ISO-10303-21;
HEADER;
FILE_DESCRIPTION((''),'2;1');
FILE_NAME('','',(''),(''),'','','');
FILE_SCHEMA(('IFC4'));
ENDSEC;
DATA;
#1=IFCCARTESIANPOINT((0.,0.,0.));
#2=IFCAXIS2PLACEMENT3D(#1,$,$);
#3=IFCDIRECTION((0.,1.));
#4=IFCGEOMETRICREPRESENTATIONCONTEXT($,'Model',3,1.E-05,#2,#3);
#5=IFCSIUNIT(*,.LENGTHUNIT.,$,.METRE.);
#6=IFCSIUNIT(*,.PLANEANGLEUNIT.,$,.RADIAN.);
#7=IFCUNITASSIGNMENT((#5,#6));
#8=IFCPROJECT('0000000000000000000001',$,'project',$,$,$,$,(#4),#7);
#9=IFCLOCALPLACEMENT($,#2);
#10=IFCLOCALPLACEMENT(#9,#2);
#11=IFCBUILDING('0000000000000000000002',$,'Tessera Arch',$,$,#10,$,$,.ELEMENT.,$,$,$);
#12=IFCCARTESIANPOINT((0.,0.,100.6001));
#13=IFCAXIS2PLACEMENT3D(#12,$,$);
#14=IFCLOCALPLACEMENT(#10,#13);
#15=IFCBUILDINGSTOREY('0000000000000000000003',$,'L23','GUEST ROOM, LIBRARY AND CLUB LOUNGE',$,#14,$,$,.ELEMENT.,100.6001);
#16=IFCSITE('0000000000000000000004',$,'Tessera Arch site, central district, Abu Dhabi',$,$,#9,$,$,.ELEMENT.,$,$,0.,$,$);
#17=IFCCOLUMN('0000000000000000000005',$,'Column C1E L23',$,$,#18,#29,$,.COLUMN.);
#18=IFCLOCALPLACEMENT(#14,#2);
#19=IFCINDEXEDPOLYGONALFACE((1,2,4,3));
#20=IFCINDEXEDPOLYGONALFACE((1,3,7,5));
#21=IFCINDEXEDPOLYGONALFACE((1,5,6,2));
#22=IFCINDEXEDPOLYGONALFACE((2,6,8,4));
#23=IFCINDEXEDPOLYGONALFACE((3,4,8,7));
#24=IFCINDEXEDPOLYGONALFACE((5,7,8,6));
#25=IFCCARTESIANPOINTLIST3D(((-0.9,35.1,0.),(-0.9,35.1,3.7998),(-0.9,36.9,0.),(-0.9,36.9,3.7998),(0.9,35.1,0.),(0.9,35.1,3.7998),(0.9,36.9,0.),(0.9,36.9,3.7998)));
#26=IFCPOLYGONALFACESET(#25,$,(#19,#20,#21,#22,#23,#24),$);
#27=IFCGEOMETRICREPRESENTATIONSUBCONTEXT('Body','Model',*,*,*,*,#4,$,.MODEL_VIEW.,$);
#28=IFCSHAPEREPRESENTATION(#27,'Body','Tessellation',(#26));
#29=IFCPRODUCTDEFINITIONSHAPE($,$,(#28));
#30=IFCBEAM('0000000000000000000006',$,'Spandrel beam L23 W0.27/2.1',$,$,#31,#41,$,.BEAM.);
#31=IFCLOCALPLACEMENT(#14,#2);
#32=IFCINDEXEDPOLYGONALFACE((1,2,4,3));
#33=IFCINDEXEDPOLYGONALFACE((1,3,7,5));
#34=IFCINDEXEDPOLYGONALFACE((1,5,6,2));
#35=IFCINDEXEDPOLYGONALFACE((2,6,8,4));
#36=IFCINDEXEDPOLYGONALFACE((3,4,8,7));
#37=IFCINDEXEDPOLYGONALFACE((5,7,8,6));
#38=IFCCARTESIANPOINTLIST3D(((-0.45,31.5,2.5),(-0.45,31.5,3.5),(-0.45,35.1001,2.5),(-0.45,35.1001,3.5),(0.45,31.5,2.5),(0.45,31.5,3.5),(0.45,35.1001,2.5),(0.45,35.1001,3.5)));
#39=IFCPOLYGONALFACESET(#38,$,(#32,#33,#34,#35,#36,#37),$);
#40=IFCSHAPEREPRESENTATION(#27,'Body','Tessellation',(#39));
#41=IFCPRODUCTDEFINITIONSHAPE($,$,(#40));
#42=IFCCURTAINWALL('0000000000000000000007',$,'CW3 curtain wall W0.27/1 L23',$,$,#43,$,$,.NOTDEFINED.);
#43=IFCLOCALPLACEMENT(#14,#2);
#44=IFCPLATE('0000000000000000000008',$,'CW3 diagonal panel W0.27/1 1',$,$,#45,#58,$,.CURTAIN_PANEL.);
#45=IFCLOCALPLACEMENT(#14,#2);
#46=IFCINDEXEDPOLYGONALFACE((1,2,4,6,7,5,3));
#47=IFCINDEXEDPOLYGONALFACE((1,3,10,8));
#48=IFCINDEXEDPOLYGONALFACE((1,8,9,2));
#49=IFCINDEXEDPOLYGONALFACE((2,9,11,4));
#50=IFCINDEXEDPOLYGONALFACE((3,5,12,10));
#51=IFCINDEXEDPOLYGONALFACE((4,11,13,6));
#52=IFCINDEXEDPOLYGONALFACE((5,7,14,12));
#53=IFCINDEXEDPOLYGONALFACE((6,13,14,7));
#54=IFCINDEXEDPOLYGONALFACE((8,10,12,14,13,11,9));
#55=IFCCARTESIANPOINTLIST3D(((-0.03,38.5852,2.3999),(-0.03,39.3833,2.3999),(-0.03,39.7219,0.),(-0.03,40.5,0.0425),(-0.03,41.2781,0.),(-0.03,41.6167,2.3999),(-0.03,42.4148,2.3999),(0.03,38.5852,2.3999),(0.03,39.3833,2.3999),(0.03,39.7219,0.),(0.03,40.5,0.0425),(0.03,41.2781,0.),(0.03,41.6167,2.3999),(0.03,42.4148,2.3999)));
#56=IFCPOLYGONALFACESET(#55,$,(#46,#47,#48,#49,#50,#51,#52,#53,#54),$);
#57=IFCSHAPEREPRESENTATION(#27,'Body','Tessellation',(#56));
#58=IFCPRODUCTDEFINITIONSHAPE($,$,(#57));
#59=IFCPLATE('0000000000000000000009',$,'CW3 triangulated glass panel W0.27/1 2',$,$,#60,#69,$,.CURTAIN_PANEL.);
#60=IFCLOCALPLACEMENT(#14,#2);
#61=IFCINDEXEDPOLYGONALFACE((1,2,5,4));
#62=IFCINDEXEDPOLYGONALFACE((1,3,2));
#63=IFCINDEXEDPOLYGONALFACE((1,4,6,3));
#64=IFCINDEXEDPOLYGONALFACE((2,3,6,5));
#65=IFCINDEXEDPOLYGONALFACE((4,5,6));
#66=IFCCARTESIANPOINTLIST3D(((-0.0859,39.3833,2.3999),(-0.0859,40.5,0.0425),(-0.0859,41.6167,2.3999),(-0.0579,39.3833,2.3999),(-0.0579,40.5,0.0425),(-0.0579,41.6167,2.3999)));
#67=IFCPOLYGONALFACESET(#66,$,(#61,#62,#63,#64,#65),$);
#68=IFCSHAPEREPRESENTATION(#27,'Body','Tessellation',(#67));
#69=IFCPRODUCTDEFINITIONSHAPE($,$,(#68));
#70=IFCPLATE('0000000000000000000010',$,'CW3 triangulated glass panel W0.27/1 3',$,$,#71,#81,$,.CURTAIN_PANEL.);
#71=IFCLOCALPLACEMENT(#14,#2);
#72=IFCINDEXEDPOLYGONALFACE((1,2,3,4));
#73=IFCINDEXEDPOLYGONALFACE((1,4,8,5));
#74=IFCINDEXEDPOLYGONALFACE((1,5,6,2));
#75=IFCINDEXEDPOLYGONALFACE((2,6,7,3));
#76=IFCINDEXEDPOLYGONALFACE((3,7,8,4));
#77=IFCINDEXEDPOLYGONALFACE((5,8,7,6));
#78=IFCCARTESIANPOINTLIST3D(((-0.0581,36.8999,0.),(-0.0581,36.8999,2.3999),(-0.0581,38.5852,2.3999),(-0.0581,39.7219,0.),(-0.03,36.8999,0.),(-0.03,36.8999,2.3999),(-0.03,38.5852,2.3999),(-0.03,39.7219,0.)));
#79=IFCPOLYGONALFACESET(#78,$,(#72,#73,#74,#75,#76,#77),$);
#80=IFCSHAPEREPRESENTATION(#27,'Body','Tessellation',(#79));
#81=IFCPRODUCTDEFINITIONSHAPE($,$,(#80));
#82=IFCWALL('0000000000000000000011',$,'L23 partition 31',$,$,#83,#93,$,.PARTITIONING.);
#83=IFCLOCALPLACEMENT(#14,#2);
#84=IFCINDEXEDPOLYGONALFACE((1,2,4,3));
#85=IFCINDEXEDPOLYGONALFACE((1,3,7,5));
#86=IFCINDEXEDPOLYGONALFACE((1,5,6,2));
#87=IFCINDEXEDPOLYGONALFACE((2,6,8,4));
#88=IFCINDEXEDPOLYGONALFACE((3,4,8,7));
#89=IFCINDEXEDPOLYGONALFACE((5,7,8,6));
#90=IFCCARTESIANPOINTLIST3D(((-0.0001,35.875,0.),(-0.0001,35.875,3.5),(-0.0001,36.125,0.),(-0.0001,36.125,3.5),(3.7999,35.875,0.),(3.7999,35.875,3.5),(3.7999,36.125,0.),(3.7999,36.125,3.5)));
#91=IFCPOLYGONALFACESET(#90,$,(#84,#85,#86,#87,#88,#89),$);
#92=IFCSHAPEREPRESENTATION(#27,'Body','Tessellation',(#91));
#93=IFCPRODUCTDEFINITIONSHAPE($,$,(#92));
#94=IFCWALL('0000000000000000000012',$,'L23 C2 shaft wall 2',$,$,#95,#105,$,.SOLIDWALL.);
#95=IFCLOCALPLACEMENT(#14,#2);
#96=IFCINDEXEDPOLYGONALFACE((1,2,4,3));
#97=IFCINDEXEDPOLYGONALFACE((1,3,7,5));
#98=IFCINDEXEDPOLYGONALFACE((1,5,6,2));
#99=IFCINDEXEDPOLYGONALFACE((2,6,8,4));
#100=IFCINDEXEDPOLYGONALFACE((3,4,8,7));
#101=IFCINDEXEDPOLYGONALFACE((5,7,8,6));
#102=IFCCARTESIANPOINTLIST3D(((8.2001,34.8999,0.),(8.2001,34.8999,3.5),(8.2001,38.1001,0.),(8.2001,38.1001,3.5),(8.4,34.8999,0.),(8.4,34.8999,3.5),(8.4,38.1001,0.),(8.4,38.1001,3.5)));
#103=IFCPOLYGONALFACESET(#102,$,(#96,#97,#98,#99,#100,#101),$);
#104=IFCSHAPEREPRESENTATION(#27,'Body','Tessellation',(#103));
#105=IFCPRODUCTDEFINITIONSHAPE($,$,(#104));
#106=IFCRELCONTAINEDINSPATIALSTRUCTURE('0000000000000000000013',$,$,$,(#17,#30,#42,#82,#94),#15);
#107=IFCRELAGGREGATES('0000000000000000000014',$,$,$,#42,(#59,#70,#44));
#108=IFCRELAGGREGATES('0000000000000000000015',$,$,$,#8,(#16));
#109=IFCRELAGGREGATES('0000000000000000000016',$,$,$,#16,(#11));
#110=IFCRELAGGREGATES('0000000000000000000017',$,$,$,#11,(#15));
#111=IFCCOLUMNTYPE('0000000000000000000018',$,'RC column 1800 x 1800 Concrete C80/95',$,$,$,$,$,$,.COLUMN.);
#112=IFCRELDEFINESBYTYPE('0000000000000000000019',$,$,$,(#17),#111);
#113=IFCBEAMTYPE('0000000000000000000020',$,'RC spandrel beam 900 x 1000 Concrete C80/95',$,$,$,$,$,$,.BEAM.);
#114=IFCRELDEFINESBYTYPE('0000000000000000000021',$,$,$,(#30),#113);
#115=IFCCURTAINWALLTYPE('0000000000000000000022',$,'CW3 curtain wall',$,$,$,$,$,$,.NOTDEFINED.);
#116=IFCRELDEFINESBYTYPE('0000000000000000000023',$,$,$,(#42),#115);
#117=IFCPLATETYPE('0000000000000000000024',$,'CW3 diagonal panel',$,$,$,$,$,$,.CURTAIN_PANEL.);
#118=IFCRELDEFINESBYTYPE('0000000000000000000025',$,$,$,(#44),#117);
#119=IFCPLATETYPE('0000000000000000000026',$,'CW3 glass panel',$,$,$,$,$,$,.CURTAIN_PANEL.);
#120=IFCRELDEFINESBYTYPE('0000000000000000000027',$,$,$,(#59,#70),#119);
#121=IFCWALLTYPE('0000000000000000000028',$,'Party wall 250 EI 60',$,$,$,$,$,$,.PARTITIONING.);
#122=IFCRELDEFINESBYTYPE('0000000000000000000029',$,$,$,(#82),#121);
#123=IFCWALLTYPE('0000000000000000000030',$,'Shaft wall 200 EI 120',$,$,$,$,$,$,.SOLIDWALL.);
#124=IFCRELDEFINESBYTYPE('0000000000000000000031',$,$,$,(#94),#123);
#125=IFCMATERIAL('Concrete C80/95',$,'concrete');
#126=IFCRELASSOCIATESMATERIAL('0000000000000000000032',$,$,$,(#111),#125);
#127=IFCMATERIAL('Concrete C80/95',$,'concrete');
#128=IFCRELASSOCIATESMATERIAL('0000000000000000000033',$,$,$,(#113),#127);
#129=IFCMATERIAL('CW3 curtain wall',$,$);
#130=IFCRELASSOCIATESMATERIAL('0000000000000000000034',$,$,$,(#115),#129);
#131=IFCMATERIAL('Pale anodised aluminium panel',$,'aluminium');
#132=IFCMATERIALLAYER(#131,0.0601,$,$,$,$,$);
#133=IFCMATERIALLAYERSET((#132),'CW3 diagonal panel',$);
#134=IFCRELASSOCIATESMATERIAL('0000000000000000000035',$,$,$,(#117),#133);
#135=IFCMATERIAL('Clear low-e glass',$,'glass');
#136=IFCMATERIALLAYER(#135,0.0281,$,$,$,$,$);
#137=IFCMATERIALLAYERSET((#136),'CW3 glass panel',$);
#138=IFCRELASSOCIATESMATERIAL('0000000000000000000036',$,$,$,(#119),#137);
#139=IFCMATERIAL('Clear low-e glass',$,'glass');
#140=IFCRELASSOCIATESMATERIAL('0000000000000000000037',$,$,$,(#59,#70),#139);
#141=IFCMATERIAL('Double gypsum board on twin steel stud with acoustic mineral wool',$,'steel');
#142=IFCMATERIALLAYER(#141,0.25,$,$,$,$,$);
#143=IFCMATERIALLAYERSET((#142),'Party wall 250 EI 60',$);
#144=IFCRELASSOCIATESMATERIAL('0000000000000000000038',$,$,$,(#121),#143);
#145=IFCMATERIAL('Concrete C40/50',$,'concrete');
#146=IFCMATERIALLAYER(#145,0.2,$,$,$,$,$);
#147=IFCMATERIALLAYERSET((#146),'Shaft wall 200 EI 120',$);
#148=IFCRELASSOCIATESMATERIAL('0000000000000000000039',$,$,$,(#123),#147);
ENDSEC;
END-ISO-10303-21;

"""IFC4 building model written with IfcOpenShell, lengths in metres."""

from ifc_helpers import new_model, si_unit, direction, frame, frame_2d, origin, origin_2d, place, context, subcontext, project, spatial, polyline, rectangle, outline, extrude, material, layer, layer_set, material_profile, profile_set, type_object, element, aggregate, save


model = new_model("IFC4")

# Units and contexts
model_context = context("Model", 3, precision=1e-05, world=origin(), true_north=direction((0.0, 1.0)))
body_context = subcontext(model_context, "Body", "Model", "MODEL_VIEW")
ifc_project = project(units=[si_unit("LENGTHUNIT", "METRE"), si_unit("PLANEANGLEUNIT", "RADIAN")], contexts=[model_context])

# Site, building, storey
site_placement = place(None, origin())
site = spatial("IfcSite", under=ifc_project, at=site_placement, Name="Tessera Arch site, central district, Abu Dhabi", CompositionType="ELEMENT", RefElevation=0.0)
building_placement = place(site_placement, origin())
building = spatial("IfcBuilding", under=site, at=building_placement, Name="Tessera Arch", CompositionType="ELEMENT")
storey_placement = place(building_placement, frame((0.0, 0.0, 100.6001)))
storey = spatial("IfcBuildingStorey", under=building, at=storey_placement, Name="L23", Description="GUEST ROOM, LIBRARY AND CLUB LOUNGE", CompositionType="ELEMENT", Elevation=100.6001)

# Column
ifc_material_1 = material(Name="Concrete C80/95", Category="concrete")
ifc_material_profile_1 = material_profile(ifc_material_1, rectangle(XDim=1.8, YDim=1.8, at=origin_2d()), Name="RC column 1800 x 1800 Concrete C80/95")
ifc_profile_set_1 = profile_set([ifc_material_profile_1], Name="Concrete C80/95")
column_type = type_object("IfcColumnType", Name="RC column 1800 x 1800 Concrete C80/95", PredefinedType="COLUMN", material=ifc_profile_set_1)
column_placement = place(storey_placement, frame((0.0, 36.0, 0.0), z_axis=(0.0, 0.0, 1.0), x_axis=(1.0, 0.0, 0.0)))
element("IfcColumn", 1, at=column_placement, inside=storey, type_object=column_type, Name="Column C1E L23", PredefinedType="COLUMN", context=body_context, shape_type="SweptSolid", body=[
    extrude(rectangle(XDim=1.8, YDim=1.8, at=origin_2d()), origin(), (0.0, 0.0, 1.0), 3.7998),
])

# Beam
ifc_material_2 = material(Name="Concrete C80/95", Category="concrete")
ifc_material_profile_2 = material_profile(ifc_material_2, rectangle(XDim=0.8999, YDim=1.0, at=origin_2d()), Name="RC spandrel beam 900 x 1000 Concrete C80/95")
ifc_profile_set_2 = profile_set([ifc_material_profile_2], Name="Concrete C80/95")
beam_type = type_object("IfcBeamType", Name="RC spandrel beam 900 x 1000 Concrete C80/95", PredefinedType="BEAM", material=ifc_profile_set_2)
beam_placement = place(storey_placement, frame((0.0, 35.1001, 3.0), z_axis=(0.0, -1.0, 0.0), x_axis=(1.0, 0.0, 0.0)))
element("IfcBeam", 2, at=beam_placement, inside=storey, type_object=beam_type, Name="Spandrel beam L23 W0.27/2.1", PredefinedType="BEAM", context=body_context, shape_type="SweptSolid", body=[
    extrude(rectangle(XDim=0.8999, YDim=1.0, at=origin_2d()), origin(), (0.0, 0.0, 1.0), 3.6001),
])

# Curtain wall, plates
ifc_material_3 = material(Name="CW3 curtain wall")
curtain_wall_type = type_object("IfcCurtainWallType", Name="CW3 curtain wall", PredefinedType="NOTDEFINED", material=ifc_material_3)
curtain_wall_placement = place(storey_placement, origin())
curtain_wall = element("IfcCurtainWall", 3, at=curtain_wall_placement, inside=storey, type_object=curtain_wall_type, Name="CW3 curtain wall W0.27/1 L23", PredefinedType="NOTDEFINED")
ifc_material_4 = material(Name="Pale anodised aluminium panel", Category="aluminium")
ifc_layer_1 = layer(ifc_material_4, 0.0601)
ifc_layer_set_1 = layer_set([ifc_layer_1], Name="CW3 diagonal panel")
plate_type_1 = type_object("IfcPlateType", Name="CW3 diagonal panel", PredefinedType="CURTAIN_PANEL", material=ifc_layer_set_1)
plate_1_placement = place(storey_placement, frame((-0.03, 38.5852, 2.3999), z_axis=(-1.0, 0.0, 0.0), x_axis=(0.0, 1.0, 0.0)))
plate_1 = element("IfcPlate", 4, at=plate_1_placement, type_object=plate_type_1, Name="CW3 diagonal panel W0.27/1 1", PredefinedType="CURTAIN_PANEL", context=body_context, shape_type="SweptSolid", body=[
    extrude(outline(polyline([(0.0, 0.0), (0.7981, 0.0), (1.9148, 2.3574), (3.0315, 0.0), (3.8296, 0.0), (2.6929, 2.3999), (1.1367, 2.3999), (0.0, 0.0)])), origin(), (0.0, 0.0, -1.0), 0.0601),
])
ifc_material_5 = material(Name="Clear low-e glass", Category="glass")
ifc_material_6 = material(Name="Clear low-e glass", Category="glass")
ifc_layer_2 = layer(ifc_material_6, 0.0281)
ifc_layer_set_2 = layer_set([ifc_layer_2], Name="CW3 glass panel")
plate_type_2 = type_object("IfcPlateType", Name="CW3 glass panel", PredefinedType="CURTAIN_PANEL", material=ifc_layer_set_2)
plate_2_placement = place(storey_placement, frame((-0.0859, 39.3833, 2.3999), z_axis=(-1.0, 0.0, 0.0), x_axis=(0.0, 1.0, 0.0)))
plate_2 = element("IfcPlate", 5, at=plate_2_placement, type_object=plate_type_2, material=ifc_material_5, Name="CW3 triangulated glass panel W0.27/1 2", PredefinedType="CURTAIN_PANEL", context=body_context, shape_type="SweptSolid", body=[
    extrude(outline(polyline([(0.0, 0.0), (2.2334, 0.0), (1.1167, 2.3574), (0.0, 0.0)])), origin(), (0.0, 0.0, -1.0), 0.0281),
])
plate_3_placement = place(storey_placement, frame((-0.0581, 36.8999, 2.3999), z_axis=(-1.0, 0.0, 0.0), x_axis=(0.0, 1.0, 0.0)))
plate_3 = element("IfcPlate", 6, at=plate_3_placement, type_object=plate_type_2, material=ifc_material_5, Name="CW3 triangulated glass panel W0.27/1 3", PredefinedType="CURTAIN_PANEL", context=body_context, shape_type="SweptSolid", body=[
    extrude(outline(polyline([(0.0, 0.0), (1.6853, 0.0), (2.822, 2.3999), (0.0, 2.3999), (0.0, 0.0)])), origin(), (0.0, 0.0, -1.0), 0.0281),
])
aggregate(curtain_wall, [plate_2, plate_3, plate_1])

# Walls
ifc_material_7 = material(Name="Double gypsum board on twin steel stud with acoustic mineral wool", Category="steel")
ifc_layer_3 = layer(ifc_material_7, 0.25)
ifc_layer_set_3 = layer_set([ifc_layer_3], Name="Party wall 250 EI 60")
wall_type_1 = type_object("IfcWallType", Name="Party wall 250 EI 60", PredefinedType="PARTITIONING", material=ifc_layer_set_3)
wall_1_placement = place(storey_placement, frame((0.0, 36.0, 0.0), z_axis=(0.0, 0.0, 1.0), x_axis=(1.0, 0.0, 0.0)))
element("IfcWall", 7, at=wall_1_placement, inside=storey, type_object=wall_type_1, Name="L23 partition 31", PredefinedType="PARTITIONING", context=body_context, shape_type="SweptSolid", body=[
    extrude(rectangle(XDim=3.8, YDim=0.25, at=frame_2d((1.8999, 0.0))), origin(), (0.0, 0.0, 1.0), 3.5),
])
ifc_material_8 = material(Name="Concrete C40/50", Category="concrete")
ifc_layer_4 = layer(ifc_material_8, 0.2)
ifc_layer_set_4 = layer_set([ifc_layer_4], Name="Shaft wall 200 EI 120")
wall_type_2 = type_object("IfcWallType", Name="Shaft wall 200 EI 120", PredefinedType="SOLIDWALL", material=ifc_layer_set_4)
wall_2_placement = place(storey_placement, frame((8.3, 34.8999, 0.0), z_axis=(0.0, 0.0, 1.0), x_axis=(0.0, 1.0, 0.0)))
element("IfcWall", 8, at=wall_2_placement, inside=storey, type_object=wall_type_2, Name="L23 C2 shaft wall 2", PredefinedType="SOLIDWALL", context=body_context, shape_type="SweptSolid", body=[
    extrude(rectangle(XDim=3.2002, YDim=0.2, at=frame_2d((1.6001, 0.0))), origin(), (0.0, 0.0, 1.0), 3.5),
])

save(model, "model.ifc")
